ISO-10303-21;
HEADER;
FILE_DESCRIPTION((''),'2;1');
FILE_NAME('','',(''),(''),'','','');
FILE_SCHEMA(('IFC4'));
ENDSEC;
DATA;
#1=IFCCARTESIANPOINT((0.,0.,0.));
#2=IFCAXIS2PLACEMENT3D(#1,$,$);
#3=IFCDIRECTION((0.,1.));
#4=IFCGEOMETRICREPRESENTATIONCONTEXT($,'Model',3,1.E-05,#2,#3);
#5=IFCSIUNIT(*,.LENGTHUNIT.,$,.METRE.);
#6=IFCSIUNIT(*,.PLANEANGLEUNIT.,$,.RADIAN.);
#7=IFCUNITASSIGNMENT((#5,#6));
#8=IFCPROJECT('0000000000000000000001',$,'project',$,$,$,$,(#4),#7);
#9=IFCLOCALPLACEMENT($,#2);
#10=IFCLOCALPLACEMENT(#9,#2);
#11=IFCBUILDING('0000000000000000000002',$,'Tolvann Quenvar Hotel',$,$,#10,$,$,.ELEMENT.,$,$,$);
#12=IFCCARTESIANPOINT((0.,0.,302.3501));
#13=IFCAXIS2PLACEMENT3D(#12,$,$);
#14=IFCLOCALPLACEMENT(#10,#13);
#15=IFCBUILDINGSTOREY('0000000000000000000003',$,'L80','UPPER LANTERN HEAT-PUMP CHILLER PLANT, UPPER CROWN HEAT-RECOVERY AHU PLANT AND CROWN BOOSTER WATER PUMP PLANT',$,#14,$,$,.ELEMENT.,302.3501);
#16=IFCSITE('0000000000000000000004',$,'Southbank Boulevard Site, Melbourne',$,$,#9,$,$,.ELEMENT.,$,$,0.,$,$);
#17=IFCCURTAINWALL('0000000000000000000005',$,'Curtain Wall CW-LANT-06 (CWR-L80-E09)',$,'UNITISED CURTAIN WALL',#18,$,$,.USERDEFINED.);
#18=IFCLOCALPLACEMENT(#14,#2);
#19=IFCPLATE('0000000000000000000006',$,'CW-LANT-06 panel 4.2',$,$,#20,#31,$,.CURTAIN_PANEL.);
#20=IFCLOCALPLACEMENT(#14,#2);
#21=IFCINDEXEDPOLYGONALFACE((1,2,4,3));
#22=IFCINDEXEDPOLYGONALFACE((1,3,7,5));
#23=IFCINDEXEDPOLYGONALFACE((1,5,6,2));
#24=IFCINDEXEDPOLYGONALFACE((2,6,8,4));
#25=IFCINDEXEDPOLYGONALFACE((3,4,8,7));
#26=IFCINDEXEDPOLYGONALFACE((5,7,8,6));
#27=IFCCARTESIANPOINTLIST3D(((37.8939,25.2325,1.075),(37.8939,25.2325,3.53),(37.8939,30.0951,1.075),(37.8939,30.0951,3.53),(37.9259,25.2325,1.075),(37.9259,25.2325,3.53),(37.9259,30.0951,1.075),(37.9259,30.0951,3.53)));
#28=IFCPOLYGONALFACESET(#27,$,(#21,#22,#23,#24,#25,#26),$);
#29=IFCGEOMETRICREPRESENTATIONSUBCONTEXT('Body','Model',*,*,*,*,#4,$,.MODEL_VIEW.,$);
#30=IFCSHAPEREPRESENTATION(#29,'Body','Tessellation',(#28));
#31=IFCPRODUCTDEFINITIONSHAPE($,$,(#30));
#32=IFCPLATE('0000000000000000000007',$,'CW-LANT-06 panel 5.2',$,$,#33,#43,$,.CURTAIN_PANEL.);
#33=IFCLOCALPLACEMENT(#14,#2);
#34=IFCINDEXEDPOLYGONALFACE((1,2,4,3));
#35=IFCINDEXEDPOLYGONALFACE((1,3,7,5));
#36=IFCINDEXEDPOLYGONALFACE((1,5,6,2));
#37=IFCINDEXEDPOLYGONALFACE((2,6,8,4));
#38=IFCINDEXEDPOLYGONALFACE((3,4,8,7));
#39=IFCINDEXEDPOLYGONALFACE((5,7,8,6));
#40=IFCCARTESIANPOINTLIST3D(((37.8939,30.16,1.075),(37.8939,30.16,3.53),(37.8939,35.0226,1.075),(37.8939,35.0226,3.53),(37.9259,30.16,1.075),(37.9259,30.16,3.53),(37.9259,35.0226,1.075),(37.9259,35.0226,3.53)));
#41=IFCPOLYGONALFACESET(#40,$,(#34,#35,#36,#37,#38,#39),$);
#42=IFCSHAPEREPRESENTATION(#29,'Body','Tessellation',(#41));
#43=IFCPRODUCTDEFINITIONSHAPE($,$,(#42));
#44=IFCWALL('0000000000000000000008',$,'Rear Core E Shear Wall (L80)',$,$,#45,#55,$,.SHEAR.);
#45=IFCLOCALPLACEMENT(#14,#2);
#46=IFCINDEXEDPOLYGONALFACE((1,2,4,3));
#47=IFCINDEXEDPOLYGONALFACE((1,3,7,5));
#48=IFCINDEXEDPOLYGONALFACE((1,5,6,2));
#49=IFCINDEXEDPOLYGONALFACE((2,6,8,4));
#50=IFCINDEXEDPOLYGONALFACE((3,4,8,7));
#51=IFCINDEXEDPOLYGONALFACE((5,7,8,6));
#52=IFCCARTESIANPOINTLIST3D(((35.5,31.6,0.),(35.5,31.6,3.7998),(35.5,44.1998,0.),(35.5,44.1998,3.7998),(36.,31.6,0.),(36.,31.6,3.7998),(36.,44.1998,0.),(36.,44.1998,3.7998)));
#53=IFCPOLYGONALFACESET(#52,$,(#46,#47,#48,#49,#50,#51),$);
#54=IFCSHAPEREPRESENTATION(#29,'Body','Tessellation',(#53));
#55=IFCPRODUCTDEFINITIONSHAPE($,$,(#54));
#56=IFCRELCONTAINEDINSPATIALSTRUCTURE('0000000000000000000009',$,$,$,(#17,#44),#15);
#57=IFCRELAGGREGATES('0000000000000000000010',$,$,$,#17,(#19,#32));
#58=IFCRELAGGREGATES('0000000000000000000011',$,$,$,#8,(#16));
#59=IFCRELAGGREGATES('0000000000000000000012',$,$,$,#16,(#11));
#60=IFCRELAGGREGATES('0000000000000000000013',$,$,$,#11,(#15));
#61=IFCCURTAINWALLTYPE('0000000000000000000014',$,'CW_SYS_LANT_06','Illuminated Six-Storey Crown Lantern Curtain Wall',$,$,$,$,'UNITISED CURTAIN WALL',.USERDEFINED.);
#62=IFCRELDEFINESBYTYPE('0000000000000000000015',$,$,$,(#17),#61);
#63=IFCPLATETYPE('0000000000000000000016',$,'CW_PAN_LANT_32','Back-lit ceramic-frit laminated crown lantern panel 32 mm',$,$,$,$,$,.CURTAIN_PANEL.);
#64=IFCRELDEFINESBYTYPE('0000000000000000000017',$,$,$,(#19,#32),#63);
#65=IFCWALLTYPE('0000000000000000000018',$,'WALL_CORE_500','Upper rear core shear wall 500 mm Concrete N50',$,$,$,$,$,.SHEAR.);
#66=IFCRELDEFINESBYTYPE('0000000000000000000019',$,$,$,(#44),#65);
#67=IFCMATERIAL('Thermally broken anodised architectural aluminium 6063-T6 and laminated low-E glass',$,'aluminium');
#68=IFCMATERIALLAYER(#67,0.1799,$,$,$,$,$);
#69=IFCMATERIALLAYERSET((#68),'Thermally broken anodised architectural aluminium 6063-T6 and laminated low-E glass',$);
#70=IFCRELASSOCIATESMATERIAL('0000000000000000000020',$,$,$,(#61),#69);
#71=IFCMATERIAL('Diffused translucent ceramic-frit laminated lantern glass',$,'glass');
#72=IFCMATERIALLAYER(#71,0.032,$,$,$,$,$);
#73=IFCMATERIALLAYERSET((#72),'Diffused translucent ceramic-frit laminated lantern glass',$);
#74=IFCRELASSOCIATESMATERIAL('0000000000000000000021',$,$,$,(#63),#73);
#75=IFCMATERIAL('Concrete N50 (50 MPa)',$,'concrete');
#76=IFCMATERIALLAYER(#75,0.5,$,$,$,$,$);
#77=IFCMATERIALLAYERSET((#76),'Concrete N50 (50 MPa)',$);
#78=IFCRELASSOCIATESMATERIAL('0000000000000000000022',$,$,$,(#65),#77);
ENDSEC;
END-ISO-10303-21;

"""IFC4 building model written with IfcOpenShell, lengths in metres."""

from ifc_helpers import new_model, si_unit, direction, frame, frame_2d, origin, origin_2d, place, context, subcontext, project, spatial, rectangle, extrude, source, transform, mapped, material, layer, layer_set, type_object, element, aggregate, save


model = new_model("IFC4")

# Units and contexts
model_context = context("Model", 3, precision=1e-05, world=origin(), true_north=direction((0.0, 1.0)))
body_context = subcontext(model_context, "Body", "Model", "MODEL_VIEW")
ifc_project = project(units=[si_unit("LENGTHUNIT", "METRE"), si_unit("PLANEANGLEUNIT", "RADIAN")], contexts=[model_context])

# Site, building, storey
site_placement = place(None, origin())
site = spatial("IfcSite", under=ifc_project, at=site_placement, Name="Southbank Boulevard Site, Melbourne", CompositionType="ELEMENT", RefElevation=0.0)
building_placement = place(site_placement, origin())
building = spatial("IfcBuilding", under=site, at=building_placement, Name="Tolvann Quenvar Hotel", CompositionType="ELEMENT")
storey_placement = place(building_placement, frame((0.0, 0.0, 302.3501)))
storey = spatial("IfcBuildingStorey", under=building, at=storey_placement, Name="L80", Description="UPPER LANTERN HEAT-PUMP CHILLER PLANT, UPPER CROWN HEAT-RECOVERY AHU PLANT AND CROWN BOOSTER WATER PUMP PLANT", CompositionType="ELEMENT", Elevation=302.3501)

# Curtain wall
ifc_material_1 = material(Name="Thermally broken anodised architectural aluminium 6063-T6 and laminated low-E glass", Category="aluminium")
ifc_layer_1 = layer(ifc_material_1, 0.1799)
ifc_layer_set_1 = layer_set([ifc_layer_1], Name="Thermally broken anodised architectural aluminium 6063-T6 and laminated low-E glass")
curtain_wall_type = type_object("IfcCurtainWallType", Name="CW_SYS_LANT_06", Description="Illuminated Six-Storey Crown Lantern Curtain Wall", ElementType="UNITISED CURTAIN WALL", PredefinedType="USERDEFINED", material=ifc_layer_set_1)
curtain_wall_placement = place(storey_placement, origin())
curtain_wall = element("IfcCurtainWall", 1, at=curtain_wall_placement, inside=storey, type_object=curtain_wall_type, Name="Curtain Wall CW-LANT-06 (CWR-L80-E09)", ObjectType="UNITISED CURTAIN WALL", PredefinedType="USERDEFINED")

# Plates
ifc_material_2 = material(Name="Diffused translucent ceramic-frit laminated lantern glass", Category="glass")
ifc_layer_2 = layer(ifc_material_2, 0.032)
ifc_layer_set_2 = layer_set([ifc_layer_2], Name="Diffused translucent ceramic-frit laminated lantern glass")
plate_type_1 = type_object("IfcPlateType", Name="CW_PAN_LANT_32", Description="Back-lit ceramic-frit laminated crown lantern panel 32 mm", PredefinedType="CURTAIN_PANEL", material=ifc_layer_set_2)
shared_shape_1 = source(origin(), body_context, "Body", "SweptSolid", [
    extrude(rectangle(XDim=4.8625, YDim=0.032, at=origin_2d()), origin(), (0.0, 0.0, 1.0), 2.4551),
])
plate_1_placement = place(storey_placement, frame((37.9099, 27.6638, 1.075), z_axis=(0.0, 0.0, 1.0), x_axis=(0.0, 1.0, 0.0)))
plate_1 = element("IfcPlate", 2, at=plate_1_placement, type_object=plate_type_1, Name="CW-LANT-06 panel 4.2", PredefinedType="CURTAIN_PANEL", context=body_context, shape_type="MappedRepresentation", body=[
    mapped(shared_shape_1, transform((0.0, 0.0, 0.0), x_axis=(1.0, 0.0, 0.0), y_axis=(0.0, 1.0, 0.0), z_axis=(0.0, 0.0, 1.0), scale=1.0)),
])
plate_2_placement = place(storey_placement, frame((37.9099, 32.5913, 1.075), z_axis=(0.0, 0.0, 1.0), x_axis=(0.0, 1.0, 0.0)))
plate_2 = element("IfcPlate", 3, at=plate_2_placement, type_object=plate_type_1, Name="CW-LANT-06 panel 5.2", PredefinedType="CURTAIN_PANEL", context=body_context, shape_type="MappedRepresentation", body=[
    mapped(shared_shape_1, transform((0.0, 0.0, 0.0), x_axis=(1.0, 0.0, 0.0), y_axis=(0.0, 1.0, 0.0), z_axis=(0.0, 0.0, 1.0), scale=1.0)),
])
aggregate(curtain_wall, [plate_1, plate_2])

# Wall
ifc_material_3 = material(Name="Concrete N50 (50 MPa)", Category="concrete")
ifc_layer_3 = layer(ifc_material_3, 0.5)
ifc_layer_set_3 = layer_set([ifc_layer_3], Name="Concrete N50 (50 MPa)")
wall_type = type_object("IfcWallType", Name="WALL_CORE_500", Description="Upper rear core shear wall 500 mm Concrete N50", PredefinedType="SHEAR", material=ifc_layer_set_3)
wall_placement = place(storey_placement, frame((35.75, 31.6001, 0.0), z_axis=(0.0, 0.0, 1.0), x_axis=(0.0, 1.0, 0.0)))
element("IfcWall", 4, at=wall_placement, inside=storey, type_object=wall_type, Name="Rear Core E Shear Wall (L80)", PredefinedType="SHEAR", context=body_context, shape_type="SweptSolid", body=[
    extrude(rectangle(XDim=12.5999, YDim=0.5, at=frame_2d((6.2998, 0.0))), origin(), (0.0, 0.0, 1.0), 3.7998),
])

save(model, "model.ifc")
